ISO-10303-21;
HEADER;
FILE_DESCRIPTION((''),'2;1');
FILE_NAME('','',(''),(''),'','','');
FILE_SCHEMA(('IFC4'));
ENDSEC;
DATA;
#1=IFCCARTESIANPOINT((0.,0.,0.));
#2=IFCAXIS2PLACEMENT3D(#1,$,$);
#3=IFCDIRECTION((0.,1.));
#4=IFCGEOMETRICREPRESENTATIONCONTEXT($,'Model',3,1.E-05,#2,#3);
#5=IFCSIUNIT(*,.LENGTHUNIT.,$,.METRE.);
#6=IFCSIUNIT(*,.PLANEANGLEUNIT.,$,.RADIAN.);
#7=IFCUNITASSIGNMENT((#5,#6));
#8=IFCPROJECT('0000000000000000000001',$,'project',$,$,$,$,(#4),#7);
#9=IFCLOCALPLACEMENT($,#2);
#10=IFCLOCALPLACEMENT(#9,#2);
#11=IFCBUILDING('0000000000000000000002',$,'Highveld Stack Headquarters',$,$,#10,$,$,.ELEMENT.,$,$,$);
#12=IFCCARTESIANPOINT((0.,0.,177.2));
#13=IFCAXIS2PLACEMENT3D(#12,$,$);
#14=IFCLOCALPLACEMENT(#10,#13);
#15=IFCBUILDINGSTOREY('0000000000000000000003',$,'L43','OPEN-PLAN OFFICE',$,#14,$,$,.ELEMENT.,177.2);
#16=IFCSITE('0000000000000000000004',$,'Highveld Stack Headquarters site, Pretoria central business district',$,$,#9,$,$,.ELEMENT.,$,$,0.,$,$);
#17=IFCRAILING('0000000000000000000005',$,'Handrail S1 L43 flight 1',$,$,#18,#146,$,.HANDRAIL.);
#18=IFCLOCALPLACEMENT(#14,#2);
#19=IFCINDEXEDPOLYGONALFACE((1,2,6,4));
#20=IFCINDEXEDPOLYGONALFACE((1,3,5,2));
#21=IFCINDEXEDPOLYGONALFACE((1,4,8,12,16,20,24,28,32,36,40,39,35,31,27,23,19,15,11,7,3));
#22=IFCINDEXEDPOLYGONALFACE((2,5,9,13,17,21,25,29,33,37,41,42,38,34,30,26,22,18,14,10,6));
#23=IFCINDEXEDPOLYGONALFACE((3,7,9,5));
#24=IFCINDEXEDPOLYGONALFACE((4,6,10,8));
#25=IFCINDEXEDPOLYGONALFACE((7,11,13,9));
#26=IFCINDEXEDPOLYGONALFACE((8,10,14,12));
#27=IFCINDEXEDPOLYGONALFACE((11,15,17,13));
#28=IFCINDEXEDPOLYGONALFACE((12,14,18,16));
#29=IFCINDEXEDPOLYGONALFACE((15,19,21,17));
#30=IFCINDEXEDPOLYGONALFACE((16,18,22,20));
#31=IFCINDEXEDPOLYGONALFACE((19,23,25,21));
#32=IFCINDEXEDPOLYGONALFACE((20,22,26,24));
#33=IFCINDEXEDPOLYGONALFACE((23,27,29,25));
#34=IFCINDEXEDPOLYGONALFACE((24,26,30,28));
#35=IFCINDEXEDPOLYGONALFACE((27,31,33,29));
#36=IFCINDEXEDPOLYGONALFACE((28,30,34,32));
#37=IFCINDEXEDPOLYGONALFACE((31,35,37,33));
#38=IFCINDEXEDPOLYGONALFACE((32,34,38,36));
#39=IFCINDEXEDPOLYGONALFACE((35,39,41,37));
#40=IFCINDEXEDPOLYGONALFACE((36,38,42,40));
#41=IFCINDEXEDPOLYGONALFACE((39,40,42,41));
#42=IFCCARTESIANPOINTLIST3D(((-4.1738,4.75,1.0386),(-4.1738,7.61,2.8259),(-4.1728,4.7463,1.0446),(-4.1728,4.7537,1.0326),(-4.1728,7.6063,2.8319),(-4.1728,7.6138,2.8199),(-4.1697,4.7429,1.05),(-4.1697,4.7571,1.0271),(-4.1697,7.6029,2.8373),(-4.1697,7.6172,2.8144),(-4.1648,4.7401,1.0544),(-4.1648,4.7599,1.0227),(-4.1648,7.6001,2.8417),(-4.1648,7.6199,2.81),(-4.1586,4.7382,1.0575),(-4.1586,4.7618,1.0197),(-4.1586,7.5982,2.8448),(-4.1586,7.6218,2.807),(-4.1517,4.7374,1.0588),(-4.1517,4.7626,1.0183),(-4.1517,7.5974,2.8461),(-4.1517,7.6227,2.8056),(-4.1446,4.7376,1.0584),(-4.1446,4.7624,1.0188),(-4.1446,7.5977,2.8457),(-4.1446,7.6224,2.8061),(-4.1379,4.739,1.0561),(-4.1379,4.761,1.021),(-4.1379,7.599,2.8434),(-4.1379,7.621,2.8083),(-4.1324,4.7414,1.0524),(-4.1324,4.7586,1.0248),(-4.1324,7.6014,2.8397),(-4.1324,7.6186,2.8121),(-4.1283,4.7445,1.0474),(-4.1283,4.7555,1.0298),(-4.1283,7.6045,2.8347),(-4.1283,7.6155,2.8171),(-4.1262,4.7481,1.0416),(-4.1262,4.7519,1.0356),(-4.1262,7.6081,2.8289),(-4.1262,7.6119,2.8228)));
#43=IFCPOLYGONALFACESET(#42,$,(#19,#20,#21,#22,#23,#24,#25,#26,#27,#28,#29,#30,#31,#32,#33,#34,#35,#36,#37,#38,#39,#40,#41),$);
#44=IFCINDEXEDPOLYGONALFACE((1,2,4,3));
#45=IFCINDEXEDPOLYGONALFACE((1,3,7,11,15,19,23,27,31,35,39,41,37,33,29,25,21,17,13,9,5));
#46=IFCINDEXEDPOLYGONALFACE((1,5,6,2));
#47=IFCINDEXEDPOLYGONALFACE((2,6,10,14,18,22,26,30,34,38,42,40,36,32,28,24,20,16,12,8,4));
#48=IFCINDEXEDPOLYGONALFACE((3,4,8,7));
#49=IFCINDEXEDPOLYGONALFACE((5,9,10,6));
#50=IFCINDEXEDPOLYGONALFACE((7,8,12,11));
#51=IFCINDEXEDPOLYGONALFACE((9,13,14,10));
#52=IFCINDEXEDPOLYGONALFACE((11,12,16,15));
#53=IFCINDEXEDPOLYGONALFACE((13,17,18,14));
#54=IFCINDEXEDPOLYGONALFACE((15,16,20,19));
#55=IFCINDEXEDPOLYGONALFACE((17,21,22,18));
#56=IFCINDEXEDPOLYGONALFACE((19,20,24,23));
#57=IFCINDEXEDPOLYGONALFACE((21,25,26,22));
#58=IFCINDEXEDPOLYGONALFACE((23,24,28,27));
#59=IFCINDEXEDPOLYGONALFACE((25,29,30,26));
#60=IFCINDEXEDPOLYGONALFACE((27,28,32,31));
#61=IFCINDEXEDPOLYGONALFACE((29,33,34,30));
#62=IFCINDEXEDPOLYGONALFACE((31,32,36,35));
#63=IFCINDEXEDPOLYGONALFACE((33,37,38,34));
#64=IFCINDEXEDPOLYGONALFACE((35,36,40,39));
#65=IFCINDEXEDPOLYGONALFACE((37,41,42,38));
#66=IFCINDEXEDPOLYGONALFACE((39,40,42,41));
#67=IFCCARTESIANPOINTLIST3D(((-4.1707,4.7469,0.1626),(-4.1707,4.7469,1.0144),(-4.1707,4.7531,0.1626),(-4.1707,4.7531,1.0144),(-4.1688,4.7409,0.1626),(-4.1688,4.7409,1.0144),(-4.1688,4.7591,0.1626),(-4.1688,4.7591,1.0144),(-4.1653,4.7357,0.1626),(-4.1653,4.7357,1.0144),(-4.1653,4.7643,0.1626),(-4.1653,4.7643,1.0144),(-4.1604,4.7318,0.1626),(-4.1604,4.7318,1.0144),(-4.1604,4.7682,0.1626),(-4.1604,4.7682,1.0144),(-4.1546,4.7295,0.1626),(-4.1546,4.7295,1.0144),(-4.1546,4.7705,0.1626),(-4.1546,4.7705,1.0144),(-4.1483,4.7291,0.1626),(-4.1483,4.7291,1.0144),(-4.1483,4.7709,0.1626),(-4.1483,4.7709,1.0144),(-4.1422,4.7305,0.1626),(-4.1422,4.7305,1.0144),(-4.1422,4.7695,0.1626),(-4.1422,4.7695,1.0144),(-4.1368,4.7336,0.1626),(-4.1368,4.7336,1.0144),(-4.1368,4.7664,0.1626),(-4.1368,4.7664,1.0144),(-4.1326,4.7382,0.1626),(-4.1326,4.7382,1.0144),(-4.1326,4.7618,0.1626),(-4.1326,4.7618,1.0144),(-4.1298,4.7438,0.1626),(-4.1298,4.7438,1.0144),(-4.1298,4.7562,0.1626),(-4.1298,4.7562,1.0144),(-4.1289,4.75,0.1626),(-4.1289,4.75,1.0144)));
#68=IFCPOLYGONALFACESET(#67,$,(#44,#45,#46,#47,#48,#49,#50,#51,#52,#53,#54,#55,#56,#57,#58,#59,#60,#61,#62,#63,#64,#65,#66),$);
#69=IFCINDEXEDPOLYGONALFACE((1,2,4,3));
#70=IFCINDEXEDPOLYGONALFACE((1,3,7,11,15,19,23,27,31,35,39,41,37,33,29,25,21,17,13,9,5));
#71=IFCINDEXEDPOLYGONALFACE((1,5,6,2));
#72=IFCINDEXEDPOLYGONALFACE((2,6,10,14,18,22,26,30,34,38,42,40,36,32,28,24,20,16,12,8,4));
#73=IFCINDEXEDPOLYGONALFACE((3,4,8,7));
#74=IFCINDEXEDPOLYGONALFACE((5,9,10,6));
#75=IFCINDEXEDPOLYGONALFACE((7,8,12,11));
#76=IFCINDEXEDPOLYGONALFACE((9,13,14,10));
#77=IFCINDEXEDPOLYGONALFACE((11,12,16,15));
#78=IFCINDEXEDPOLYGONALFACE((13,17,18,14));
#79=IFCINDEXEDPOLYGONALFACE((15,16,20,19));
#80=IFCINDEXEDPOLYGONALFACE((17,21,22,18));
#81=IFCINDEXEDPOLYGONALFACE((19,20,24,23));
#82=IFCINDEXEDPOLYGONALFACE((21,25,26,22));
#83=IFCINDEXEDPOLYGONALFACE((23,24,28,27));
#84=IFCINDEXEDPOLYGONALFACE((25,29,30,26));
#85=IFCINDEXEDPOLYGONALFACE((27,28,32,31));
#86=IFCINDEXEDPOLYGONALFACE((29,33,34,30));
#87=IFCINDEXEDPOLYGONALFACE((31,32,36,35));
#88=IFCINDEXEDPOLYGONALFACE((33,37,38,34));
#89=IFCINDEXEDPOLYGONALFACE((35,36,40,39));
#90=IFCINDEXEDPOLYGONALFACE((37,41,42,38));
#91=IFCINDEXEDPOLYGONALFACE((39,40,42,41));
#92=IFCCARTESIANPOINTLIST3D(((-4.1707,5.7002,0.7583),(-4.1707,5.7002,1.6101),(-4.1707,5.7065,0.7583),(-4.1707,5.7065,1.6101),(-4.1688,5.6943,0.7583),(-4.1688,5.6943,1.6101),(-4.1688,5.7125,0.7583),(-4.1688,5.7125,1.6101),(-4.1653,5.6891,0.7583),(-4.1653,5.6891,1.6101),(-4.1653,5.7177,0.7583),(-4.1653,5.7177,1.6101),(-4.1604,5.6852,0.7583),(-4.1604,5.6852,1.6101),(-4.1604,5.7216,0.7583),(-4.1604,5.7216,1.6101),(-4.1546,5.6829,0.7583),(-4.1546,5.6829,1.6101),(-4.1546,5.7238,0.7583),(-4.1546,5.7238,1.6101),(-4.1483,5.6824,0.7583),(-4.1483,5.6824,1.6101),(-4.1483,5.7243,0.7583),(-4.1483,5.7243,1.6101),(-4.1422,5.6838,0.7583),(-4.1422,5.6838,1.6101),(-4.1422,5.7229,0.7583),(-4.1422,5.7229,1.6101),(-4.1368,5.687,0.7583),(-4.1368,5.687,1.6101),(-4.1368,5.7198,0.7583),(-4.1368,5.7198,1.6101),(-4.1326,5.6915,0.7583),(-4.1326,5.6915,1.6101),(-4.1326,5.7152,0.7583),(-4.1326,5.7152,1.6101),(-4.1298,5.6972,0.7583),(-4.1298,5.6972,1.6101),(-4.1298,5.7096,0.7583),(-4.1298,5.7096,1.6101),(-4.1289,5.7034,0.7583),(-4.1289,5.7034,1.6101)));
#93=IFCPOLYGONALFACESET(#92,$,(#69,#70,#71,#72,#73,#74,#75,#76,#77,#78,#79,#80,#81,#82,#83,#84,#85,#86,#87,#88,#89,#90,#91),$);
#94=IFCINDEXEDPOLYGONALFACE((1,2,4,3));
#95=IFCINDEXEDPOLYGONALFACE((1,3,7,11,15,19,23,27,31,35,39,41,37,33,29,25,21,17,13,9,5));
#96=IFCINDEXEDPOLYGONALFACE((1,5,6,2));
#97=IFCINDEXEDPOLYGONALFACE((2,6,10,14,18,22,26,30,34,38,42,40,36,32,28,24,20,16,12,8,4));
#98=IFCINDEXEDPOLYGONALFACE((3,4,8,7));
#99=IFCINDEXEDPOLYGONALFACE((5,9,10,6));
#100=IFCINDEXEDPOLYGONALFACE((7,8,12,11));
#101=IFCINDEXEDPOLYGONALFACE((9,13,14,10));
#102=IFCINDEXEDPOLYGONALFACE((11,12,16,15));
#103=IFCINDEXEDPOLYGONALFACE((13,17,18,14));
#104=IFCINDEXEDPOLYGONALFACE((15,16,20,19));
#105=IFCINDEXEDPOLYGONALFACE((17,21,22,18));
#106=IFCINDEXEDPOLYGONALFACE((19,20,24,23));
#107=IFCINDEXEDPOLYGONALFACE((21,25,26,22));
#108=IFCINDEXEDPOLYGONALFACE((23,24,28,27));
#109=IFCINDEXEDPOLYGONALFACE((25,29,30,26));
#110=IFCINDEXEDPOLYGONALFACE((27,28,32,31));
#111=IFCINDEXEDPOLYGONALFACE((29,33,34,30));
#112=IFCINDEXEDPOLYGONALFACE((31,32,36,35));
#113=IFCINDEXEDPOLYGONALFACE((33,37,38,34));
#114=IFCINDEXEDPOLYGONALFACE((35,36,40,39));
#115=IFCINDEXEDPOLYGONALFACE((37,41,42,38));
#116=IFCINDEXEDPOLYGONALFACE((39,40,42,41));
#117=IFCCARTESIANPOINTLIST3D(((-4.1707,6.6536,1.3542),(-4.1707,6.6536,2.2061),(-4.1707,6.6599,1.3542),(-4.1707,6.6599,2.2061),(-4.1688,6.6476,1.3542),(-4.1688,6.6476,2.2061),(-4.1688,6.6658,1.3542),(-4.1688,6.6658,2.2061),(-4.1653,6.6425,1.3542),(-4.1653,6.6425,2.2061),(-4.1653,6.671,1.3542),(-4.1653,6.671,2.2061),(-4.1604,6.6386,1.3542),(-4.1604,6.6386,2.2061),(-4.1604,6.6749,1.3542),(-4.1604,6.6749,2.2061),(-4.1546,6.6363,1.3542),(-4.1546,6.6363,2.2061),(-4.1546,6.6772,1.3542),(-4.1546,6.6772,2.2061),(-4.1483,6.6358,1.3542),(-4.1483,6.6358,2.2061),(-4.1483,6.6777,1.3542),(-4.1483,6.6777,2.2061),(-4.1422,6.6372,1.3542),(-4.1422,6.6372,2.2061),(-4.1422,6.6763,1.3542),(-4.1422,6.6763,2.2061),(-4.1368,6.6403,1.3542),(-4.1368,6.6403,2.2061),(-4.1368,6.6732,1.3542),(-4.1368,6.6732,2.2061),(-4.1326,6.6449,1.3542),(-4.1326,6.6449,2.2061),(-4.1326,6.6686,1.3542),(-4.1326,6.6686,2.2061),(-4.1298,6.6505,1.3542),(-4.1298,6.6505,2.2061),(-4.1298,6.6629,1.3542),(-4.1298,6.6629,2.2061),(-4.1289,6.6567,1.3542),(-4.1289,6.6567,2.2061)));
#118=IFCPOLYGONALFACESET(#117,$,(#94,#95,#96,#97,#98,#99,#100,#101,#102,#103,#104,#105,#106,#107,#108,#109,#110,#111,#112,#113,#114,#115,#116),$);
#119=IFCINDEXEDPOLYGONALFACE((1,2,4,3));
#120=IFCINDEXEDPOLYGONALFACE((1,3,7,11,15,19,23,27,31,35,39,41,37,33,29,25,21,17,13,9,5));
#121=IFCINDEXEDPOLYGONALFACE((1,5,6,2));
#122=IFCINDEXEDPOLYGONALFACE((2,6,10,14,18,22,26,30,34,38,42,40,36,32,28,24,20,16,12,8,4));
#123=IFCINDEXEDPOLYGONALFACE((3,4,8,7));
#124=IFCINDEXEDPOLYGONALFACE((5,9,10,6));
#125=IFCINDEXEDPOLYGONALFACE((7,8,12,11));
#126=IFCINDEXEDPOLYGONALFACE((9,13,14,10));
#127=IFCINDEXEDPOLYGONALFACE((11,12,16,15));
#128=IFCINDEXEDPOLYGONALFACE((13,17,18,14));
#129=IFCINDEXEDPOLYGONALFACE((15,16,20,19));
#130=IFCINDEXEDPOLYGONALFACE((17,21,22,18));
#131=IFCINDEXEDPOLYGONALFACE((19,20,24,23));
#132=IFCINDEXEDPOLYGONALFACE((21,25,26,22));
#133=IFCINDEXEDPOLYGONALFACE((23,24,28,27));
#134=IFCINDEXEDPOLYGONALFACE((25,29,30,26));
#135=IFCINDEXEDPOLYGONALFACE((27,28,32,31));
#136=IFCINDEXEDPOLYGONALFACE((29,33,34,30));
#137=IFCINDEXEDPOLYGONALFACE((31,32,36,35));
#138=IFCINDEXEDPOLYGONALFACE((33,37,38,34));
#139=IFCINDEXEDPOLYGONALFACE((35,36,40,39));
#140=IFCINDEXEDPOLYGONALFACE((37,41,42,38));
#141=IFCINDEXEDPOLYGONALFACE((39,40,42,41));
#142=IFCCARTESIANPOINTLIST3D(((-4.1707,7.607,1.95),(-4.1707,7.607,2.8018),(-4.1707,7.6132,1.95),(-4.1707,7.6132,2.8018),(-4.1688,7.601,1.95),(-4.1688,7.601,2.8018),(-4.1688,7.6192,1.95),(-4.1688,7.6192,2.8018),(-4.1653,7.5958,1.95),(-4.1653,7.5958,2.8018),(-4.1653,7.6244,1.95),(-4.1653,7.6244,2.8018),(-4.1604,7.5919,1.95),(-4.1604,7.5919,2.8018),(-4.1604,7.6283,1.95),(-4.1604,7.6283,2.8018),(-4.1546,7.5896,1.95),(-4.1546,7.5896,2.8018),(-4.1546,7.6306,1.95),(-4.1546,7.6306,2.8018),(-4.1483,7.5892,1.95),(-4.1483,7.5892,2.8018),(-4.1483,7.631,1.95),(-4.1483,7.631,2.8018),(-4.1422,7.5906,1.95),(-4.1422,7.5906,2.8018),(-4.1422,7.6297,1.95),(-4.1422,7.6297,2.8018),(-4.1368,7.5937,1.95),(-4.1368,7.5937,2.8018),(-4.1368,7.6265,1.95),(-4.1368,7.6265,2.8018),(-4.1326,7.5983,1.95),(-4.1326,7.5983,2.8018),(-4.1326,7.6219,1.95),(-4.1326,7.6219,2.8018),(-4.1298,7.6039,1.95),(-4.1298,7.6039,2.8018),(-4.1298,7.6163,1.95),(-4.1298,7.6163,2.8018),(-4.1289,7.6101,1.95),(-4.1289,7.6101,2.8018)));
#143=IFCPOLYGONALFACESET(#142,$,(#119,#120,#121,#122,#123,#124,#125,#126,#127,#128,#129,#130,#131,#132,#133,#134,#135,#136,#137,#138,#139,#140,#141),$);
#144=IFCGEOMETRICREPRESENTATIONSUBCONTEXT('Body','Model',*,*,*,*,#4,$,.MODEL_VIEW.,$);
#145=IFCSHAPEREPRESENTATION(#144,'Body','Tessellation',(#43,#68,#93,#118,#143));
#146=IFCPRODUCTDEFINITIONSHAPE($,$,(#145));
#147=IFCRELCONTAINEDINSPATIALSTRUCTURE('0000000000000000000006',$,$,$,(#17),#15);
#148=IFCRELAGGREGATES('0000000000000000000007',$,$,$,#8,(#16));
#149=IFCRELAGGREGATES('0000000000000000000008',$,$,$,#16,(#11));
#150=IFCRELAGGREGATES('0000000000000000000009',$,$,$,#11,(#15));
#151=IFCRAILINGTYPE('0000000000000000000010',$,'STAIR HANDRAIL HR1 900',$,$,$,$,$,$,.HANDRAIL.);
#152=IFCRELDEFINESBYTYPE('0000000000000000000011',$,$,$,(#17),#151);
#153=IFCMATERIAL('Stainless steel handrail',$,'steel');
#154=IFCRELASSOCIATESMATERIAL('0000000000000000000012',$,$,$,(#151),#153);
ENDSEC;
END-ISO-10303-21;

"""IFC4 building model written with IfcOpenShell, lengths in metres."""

from ifc_helpers import new_model, si_unit, direction, frame, origin, origin_2d, place, context, subcontext, project, spatial, circle, extrude, material, type_object, element, save


model = new_model("IFC4")

# Units and contexts
model_context = context("Model", 3, precision=1e-05, world=origin(), true_north=direction((0.0, 1.0)))
body_context = subcontext(model_context, "Body", "Model", "MODEL_VIEW")
ifc_project = project(units=[si_unit("LENGTHUNIT", "METRE"), si_unit("PLANEANGLEUNIT", "RADIAN")], contexts=[model_context])

# Site, building, storey
site_placement = place(None, origin())
site = spatial("IfcSite", under=ifc_project, at=site_placement, Name="Highveld Stack Headquarters site, Pretoria central business district", CompositionType="ELEMENT", RefElevation=0.0)
building_placement = place(site_placement, origin())
building = spatial("IfcBuilding", under=site, at=building_placement, Name="Highveld Stack Headquarters", CompositionType="ELEMENT")
storey_placement = place(building_placement, frame((0.0, 0.0, 177.2)))
storey = spatial("IfcBuildingStorey", under=building, at=storey_placement, Name="L43", Description="OPEN-PLAN OFFICE", CompositionType="ELEMENT", Elevation=177.2)

# Railing
ifc_material_1 = material(Name="Stainless steel handrail", Category="steel")
railing_type = type_object("IfcRailingType", Name="STAIR HANDRAIL HR1 900", PredefinedType="HANDRAIL", material=ifc_material_1)
for number, where, name in (
    (1, (-4.1499, 4.75, 0.1626), "Handrail S1 L43 flight 1"),
):
    element("IfcRailing", number, at=place(storey_placement, frame(where)), inside=storey, type_object=railing_type, Name=name, PredefinedType="HANDRAIL", context=body_context, shape_type="SweptSolid", body=[
        extrude(circle(Radius=0.0239, at=origin_2d()), frame((0.0, 0.0, 0.876), z_axis=(0.0, 0.848027, 0.529953), x_axis=(-1.0, 0.0, 0.0)), (0.0, 0.0, 1.0), 3.3726),
        extrude(circle(Radius=0.021, at=origin_2d()), origin(), (0.0, 0.0, 1.0), 0.8518),
        extrude(circle(Radius=0.021, at=origin_2d()), frame((0.0, 0.9534, 0.5957)), (0.0, 0.0, 1.0), 0.8518),
        extrude(circle(Radius=0.021, at=origin_2d()), frame((0.0, 1.9067, 1.1917)), (0.0, 0.0, 1.0), 0.8518),
        extrude(circle(Radius=0.021, at=origin_2d()), frame((0.0, 2.8601, 1.7874)), (0.0, 0.0, 1.0), 0.8518),
    ])

save(model, "model.ifc")
